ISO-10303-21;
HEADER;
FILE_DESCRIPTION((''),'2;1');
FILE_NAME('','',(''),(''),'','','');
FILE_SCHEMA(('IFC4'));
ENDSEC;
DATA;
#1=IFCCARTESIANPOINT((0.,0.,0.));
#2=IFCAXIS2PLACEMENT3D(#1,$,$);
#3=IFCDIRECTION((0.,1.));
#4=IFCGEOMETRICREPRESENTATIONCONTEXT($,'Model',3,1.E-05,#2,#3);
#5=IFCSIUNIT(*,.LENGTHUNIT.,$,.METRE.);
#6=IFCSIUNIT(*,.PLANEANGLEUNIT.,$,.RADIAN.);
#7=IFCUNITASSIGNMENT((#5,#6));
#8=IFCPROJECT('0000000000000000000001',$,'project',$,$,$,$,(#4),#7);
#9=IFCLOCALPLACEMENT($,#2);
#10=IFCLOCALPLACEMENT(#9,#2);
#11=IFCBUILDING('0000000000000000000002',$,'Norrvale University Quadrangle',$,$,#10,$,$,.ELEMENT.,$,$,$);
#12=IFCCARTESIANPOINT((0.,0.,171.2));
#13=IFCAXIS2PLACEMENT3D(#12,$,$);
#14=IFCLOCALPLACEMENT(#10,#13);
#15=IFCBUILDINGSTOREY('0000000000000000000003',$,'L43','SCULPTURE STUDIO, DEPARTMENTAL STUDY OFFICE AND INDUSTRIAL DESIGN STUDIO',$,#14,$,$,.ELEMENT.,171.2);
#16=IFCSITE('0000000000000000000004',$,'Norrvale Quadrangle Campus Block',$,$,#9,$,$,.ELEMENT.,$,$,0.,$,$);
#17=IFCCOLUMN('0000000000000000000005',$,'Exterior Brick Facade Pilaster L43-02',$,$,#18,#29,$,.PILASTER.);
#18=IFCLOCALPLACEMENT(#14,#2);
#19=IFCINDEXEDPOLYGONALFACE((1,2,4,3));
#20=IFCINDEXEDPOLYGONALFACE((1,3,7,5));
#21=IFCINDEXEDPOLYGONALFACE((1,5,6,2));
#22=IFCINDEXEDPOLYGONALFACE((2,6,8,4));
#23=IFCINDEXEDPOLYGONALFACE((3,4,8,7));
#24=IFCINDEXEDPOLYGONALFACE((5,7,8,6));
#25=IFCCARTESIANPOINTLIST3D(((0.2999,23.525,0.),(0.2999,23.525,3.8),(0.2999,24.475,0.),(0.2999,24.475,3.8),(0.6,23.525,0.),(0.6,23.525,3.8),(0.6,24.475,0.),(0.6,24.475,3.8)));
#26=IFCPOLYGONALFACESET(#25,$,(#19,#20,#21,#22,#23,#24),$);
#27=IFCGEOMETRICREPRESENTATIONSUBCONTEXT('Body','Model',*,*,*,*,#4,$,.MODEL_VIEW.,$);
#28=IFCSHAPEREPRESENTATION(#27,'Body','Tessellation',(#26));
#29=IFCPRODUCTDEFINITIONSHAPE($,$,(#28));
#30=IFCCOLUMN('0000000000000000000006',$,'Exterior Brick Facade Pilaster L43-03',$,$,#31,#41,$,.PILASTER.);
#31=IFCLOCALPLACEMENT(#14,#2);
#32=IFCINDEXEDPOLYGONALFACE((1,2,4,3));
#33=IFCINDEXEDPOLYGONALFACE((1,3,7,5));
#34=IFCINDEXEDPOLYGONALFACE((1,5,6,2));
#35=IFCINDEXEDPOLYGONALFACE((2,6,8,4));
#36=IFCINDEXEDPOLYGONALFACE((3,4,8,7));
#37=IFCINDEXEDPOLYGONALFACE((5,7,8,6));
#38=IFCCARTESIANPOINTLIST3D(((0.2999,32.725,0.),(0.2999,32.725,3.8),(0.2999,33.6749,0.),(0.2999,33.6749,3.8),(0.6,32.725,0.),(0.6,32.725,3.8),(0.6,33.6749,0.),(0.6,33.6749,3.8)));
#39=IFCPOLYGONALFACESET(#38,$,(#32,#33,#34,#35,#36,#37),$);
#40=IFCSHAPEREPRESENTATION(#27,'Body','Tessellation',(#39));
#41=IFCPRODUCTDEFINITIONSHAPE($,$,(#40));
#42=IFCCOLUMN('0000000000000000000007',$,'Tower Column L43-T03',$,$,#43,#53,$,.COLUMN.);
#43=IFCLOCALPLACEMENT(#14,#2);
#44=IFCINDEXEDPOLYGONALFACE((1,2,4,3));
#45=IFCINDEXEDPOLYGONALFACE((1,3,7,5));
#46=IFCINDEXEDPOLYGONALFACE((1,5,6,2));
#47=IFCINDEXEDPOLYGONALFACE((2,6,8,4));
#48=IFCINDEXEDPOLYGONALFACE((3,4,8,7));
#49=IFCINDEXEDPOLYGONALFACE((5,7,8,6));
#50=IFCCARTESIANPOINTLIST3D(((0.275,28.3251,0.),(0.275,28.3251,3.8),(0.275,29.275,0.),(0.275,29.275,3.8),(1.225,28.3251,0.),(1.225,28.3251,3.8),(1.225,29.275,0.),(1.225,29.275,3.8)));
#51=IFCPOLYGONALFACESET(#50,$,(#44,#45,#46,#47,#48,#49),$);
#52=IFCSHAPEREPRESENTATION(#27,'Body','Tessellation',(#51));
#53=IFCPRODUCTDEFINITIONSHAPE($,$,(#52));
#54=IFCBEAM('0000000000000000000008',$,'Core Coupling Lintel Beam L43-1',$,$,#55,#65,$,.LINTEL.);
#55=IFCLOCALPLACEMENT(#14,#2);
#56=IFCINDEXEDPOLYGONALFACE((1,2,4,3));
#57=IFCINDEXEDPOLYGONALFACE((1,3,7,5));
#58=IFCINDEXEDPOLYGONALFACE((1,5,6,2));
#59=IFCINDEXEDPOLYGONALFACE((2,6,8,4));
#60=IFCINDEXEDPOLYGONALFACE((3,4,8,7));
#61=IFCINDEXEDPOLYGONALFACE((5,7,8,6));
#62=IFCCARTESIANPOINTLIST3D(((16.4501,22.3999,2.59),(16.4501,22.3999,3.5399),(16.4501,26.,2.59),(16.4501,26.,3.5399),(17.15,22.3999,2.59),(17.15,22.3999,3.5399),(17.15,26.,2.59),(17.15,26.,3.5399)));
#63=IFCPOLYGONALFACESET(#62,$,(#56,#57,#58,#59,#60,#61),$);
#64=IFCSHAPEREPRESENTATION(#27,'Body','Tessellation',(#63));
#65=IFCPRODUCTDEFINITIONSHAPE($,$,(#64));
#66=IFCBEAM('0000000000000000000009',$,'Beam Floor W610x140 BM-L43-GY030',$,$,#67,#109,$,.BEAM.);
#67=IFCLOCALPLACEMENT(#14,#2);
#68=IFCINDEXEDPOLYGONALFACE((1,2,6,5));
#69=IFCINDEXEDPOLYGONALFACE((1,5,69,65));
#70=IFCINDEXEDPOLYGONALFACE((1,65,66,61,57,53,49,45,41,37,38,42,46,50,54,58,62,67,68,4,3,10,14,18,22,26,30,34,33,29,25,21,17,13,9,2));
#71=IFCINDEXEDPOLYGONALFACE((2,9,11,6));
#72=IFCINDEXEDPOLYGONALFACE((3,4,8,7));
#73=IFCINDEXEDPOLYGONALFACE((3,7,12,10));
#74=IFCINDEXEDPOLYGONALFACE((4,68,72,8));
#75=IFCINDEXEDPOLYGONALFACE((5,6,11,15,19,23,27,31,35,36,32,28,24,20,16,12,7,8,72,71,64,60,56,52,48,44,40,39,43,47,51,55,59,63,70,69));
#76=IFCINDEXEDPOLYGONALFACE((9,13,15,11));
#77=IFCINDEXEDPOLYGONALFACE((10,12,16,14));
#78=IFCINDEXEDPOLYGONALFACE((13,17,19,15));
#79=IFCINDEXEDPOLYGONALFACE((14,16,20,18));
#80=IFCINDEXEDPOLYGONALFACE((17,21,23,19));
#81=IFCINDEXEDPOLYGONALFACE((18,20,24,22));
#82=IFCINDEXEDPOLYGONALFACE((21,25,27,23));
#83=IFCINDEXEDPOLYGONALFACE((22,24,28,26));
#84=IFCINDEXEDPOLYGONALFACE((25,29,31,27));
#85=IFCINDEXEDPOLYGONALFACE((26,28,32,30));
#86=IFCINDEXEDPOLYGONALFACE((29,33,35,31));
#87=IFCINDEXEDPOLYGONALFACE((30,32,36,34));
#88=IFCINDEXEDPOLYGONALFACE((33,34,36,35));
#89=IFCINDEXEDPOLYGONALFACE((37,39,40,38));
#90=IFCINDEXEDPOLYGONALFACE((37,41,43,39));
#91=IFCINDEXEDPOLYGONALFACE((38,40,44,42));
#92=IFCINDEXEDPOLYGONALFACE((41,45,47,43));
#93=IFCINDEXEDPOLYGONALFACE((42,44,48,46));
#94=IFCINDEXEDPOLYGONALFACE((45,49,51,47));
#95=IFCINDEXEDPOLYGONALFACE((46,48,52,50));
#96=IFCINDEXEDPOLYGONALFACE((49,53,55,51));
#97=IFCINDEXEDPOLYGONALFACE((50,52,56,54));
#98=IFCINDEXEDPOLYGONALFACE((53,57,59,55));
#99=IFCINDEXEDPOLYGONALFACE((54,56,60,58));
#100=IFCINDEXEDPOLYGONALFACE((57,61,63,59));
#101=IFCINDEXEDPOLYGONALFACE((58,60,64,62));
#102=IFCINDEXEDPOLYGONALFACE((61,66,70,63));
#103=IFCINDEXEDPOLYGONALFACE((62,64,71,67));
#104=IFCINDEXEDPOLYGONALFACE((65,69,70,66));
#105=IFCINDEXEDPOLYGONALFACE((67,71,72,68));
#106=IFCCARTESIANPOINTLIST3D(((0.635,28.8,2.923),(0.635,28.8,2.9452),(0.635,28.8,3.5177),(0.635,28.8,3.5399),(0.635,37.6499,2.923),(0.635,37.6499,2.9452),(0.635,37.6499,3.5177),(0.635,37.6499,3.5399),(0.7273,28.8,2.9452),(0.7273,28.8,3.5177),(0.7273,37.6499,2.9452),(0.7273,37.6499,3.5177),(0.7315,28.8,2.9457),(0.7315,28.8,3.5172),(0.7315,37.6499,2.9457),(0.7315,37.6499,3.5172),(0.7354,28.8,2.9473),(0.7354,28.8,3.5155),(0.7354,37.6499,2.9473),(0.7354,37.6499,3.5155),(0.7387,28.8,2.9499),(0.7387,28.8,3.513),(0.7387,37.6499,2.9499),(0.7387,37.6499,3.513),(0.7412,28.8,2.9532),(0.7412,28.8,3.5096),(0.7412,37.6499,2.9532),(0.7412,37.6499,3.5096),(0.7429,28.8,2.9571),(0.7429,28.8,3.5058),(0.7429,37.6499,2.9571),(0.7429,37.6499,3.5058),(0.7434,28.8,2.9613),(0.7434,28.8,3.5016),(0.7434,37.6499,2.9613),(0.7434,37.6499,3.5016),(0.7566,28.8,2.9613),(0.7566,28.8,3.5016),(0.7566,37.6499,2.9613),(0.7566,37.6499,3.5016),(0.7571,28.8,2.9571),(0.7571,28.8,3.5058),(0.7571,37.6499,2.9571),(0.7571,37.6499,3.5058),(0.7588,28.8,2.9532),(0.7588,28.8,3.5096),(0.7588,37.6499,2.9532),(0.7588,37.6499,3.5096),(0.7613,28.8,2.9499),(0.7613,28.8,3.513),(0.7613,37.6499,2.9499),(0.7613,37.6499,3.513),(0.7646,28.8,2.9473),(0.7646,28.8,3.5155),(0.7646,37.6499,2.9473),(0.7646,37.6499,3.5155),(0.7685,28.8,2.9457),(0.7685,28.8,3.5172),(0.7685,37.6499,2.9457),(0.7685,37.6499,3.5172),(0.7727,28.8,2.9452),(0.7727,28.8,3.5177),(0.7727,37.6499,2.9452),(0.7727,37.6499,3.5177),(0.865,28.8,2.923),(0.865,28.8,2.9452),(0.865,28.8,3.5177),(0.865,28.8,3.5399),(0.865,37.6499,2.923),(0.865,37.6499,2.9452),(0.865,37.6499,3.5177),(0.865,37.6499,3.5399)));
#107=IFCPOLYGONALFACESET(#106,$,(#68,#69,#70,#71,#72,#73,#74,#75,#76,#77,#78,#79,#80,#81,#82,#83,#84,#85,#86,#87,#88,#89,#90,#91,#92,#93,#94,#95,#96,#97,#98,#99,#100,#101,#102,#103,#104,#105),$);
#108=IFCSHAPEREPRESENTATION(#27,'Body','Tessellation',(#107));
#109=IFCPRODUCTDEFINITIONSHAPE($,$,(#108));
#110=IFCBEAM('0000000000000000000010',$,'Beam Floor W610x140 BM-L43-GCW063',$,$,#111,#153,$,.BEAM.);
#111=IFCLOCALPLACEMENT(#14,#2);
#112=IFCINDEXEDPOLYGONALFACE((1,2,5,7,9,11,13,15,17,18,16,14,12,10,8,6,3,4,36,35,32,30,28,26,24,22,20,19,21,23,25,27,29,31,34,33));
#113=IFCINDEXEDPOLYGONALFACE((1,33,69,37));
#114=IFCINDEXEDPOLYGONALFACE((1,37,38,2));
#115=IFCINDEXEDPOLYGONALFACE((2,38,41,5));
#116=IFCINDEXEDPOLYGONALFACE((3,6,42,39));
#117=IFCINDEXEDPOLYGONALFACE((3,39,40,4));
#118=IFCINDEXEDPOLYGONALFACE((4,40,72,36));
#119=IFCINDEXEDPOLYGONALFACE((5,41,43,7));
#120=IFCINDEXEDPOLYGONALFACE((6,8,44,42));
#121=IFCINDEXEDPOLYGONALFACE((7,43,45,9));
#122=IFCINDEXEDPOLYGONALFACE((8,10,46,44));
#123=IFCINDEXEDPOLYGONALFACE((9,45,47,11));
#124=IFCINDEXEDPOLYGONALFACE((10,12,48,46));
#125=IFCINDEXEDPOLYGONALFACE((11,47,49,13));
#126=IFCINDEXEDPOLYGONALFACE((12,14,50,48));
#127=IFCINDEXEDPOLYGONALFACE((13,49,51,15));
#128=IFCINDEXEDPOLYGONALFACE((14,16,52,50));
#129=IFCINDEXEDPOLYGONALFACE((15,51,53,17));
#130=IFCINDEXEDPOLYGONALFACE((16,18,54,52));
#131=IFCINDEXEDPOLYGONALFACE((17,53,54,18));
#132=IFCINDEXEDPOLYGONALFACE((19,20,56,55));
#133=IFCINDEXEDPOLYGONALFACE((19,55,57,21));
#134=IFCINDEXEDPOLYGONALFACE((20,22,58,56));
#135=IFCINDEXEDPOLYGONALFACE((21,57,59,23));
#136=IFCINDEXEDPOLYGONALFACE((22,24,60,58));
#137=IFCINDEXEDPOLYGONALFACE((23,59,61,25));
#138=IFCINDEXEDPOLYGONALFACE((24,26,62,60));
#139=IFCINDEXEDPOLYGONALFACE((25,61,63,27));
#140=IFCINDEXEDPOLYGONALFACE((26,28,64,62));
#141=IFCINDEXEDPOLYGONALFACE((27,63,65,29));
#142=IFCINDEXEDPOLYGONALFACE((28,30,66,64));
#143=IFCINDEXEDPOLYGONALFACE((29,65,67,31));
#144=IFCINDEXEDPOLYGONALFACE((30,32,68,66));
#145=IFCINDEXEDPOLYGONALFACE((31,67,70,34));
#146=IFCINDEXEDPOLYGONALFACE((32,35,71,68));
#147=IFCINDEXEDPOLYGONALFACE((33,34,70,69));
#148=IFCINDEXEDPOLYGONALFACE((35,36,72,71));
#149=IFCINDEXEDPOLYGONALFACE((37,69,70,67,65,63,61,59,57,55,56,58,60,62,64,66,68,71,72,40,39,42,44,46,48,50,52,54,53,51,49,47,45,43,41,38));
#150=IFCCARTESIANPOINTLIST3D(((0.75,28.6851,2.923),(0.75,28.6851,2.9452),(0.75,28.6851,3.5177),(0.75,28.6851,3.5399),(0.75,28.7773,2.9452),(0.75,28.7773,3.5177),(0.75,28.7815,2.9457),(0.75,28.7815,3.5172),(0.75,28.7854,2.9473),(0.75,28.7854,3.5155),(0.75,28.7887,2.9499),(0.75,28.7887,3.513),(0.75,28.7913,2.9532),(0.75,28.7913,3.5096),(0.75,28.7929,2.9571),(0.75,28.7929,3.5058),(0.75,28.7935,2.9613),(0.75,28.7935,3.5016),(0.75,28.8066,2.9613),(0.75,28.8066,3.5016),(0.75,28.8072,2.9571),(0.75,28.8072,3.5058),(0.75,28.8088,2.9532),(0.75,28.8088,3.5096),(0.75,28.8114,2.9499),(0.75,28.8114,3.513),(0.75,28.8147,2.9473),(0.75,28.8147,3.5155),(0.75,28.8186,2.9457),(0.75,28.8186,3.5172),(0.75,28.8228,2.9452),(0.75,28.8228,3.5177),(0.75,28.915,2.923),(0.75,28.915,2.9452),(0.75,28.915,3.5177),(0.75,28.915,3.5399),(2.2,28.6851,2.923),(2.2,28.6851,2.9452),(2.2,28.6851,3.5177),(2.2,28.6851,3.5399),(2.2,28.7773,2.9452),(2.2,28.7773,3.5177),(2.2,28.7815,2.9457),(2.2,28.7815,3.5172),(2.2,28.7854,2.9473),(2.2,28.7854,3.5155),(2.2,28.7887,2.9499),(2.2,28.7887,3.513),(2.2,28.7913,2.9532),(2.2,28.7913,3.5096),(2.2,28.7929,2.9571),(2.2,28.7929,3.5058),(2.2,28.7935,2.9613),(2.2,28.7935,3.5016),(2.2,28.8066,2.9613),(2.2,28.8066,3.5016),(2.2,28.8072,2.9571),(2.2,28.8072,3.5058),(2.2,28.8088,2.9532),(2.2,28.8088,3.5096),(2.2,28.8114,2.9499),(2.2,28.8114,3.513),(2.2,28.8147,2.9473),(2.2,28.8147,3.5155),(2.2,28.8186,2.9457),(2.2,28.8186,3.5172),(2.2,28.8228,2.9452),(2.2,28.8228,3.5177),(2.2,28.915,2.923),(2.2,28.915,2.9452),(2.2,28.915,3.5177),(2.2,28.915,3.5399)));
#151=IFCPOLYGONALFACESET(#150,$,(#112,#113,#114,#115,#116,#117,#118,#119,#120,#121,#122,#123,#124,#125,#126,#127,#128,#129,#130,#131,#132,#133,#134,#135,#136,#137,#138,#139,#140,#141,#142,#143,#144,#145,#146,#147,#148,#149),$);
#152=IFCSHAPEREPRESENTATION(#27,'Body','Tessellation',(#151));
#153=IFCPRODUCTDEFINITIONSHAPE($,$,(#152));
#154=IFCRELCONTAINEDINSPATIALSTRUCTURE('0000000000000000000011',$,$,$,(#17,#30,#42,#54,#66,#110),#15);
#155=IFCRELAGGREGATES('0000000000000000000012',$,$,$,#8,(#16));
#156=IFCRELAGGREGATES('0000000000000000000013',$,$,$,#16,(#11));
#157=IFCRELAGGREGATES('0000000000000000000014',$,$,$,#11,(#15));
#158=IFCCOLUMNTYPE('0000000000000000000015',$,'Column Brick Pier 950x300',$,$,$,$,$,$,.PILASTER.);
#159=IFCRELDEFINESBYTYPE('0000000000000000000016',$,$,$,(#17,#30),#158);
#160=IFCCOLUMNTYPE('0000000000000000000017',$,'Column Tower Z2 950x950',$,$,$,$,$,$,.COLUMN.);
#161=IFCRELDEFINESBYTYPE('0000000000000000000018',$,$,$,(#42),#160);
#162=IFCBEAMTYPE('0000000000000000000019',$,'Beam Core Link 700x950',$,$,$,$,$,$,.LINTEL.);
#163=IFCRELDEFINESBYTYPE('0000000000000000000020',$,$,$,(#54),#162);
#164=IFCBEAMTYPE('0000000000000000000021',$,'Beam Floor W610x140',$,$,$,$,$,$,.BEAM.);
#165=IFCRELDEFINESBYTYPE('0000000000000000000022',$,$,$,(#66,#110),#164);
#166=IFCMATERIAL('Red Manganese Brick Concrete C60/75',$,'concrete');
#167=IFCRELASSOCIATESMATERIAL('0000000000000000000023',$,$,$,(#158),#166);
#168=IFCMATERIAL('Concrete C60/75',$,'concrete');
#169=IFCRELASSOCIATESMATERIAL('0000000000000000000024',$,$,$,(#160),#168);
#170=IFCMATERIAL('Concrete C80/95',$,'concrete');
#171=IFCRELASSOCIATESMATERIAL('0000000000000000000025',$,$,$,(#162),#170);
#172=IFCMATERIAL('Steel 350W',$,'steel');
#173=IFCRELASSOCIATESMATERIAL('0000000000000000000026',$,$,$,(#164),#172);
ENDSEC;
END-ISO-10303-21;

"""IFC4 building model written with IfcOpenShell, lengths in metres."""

from ifc_helpers import new_model, si_unit, direction, frame, origin, origin_2d, place, context, subcontext, project, spatial, rectangle, i_section, extrude, material, material_profile, profile_set, type_object, element, save


model = new_model("IFC4")

# Units and contexts
model_context = context("Model", 3, precision=1e-05, world=origin(), true_north=direction((0.0, 1.0)))
body_context = subcontext(model_context, "Body", "Model", "MODEL_VIEW")
ifc_project = project(units=[si_unit("LENGTHUNIT", "METRE"), si_unit("PLANEANGLEUNIT", "RADIAN")], contexts=[model_context])

# Site, building, storey
site_placement = place(None, origin())
site = spatial("IfcSite", under=ifc_project, at=site_placement, Name="Norrvale Quadrangle Campus Block", CompositionType="ELEMENT", RefElevation=0.0)
building_placement = place(site_placement, origin())
building = spatial("IfcBuilding", under=site, at=building_placement, Name="Norrvale University Quadrangle", CompositionType="ELEMENT")
storey_placement = place(building_placement, frame((0.0, 0.0, 171.2)))
storey = spatial("IfcBuildingStorey", under=building, at=storey_placement, Name="L43", Description="SCULPTURE STUDIO, DEPARTMENTAL STUDY OFFICE AND INDUSTRIAL DESIGN STUDIO", CompositionType="ELEMENT", Elevation=171.2)

# Columns
ifc_material_1 = material(Name="Red Manganese Brick Concrete C60/75", Category="concrete")
ifc_material_profile_1 = material_profile(ifc_material_1, rectangle(XDim=0.95, YDim=0.3, at=origin_2d()), Name="Red Manganese Brick Concrete C60/75")
ifc_profile_set_1 = profile_set([ifc_material_profile_1], Name="Red Manganese Brick Concrete C60/75")
column_type_1 = type_object("IfcColumnType", Name="Column Brick Pier 950x300", PredefinedType="PILASTER", material=ifc_profile_set_1)
for number, where, z_axis, x_axis, name in (
    (1, (0.45, 24.0, 0.0), (0.0, 0.0, 1.0), (0.0, 1.0, 0.0), "Exterior Brick Facade Pilaster L43-02"),
    (2, (0.45, 33.2, 0.0), (0.0, 0.0, 1.0), (0.0, 1.0, 0.0), "Exterior Brick Facade Pilaster L43-03"),
):
    element("IfcColumn", number, at=place(storey_placement, frame(where, z_axis=z_axis, x_axis=x_axis)), inside=storey, type_object=column_type_1, Name=name, PredefinedType="PILASTER", context=body_context, shape_type="SweptSolid", body=[
        extrude(rectangle(XDim=0.95, YDim=0.3, at=origin_2d()), origin(), (0.0, 0.0, 1.0), 3.8),
    ])
ifc_material_2 = material(Name="Concrete C60/75", Category="concrete")
ifc_material_profile_2 = material_profile(ifc_material_2, rectangle(XDim=0.95, YDim=0.95, at=origin_2d()), Name="Concrete C60/75")
ifc_profile_set_2 = profile_set([ifc_material_profile_2], Name="Concrete C60/75")
column_type_2 = type_object("IfcColumnType", Name="Column Tower Z2 950x950", PredefinedType="COLUMN", material=ifc_profile_set_2)
column_placement = place(storey_placement, frame((0.75, 28.8, 0.0), z_axis=(0.0, 0.0, 1.0), x_axis=(1.0, 0.0, 0.0)))
element("IfcColumn", 3, at=column_placement, inside=storey, type_object=column_type_2, Name="Tower Column L43-T03", PredefinedType="COLUMN", context=body_context, shape_type="SweptSolid", body=[
    extrude(rectangle(XDim=0.95, YDim=0.95, at=origin_2d()), origin(), (0.0, 0.0, 1.0), 3.8),
])

# Beams
ifc_material_3 = material(Name="Concrete C80/95", Category="concrete")
ifc_material_profile_3 = material_profile(ifc_material_3, rectangle(XDim=0.7, YDim=0.95, at=origin_2d()), Name="Concrete C80/95")
ifc_profile_set_3 = profile_set([ifc_material_profile_3], Name="Concrete C80/95")
beam_type_1 = type_object("IfcBeamType", Name="Beam Core Link 700x950", PredefinedType="LINTEL", material=ifc_profile_set_3)
beam_1_placement = place(storey_placement, frame((16.8, 22.3999, 3.0649), z_axis=(0.0, 1.0, 0.0), x_axis=(-1.0, 0.0, 0.0)))
element("IfcBeam", 4, at=beam_1_placement, inside=storey, type_object=beam_type_1, Name="Core Coupling Lintel Beam L43-1", PredefinedType="LINTEL", context=body_context, shape_type="SweptSolid", body=[
    extrude(rectangle(XDim=0.7, YDim=0.95, at=origin_2d()), origin(), (0.0, 0.0, 1.0), 3.6001),
])
ifc_material_4 = material(Name="Steel 350W", Category="steel")
ifc_material_profile_4 = material_profile(ifc_material_4, i_section(OverallWidth=0.23, OverallDepth=0.6169, WebThickness=0.0132, FlangeThickness=0.0222, FilletRadius=0.0161, at=origin_2d()), Name="Steel 350W")
ifc_profile_set_4 = profile_set([ifc_material_profile_4], Name="Steel 350W")
beam_type_2 = type_object("IfcBeamType", Name="Beam Floor W610x140", PredefinedType="BEAM", material=ifc_profile_set_4)
beam_2_placement = place(storey_placement, frame((0.75, 28.8, 3.2314), z_axis=(0.0, 1.0, 0.0), x_axis=(-1.0, 0.0, 0.0)))
element("IfcBeam", 5, at=beam_2_placement, inside=storey, type_object=beam_type_2, Name="Beam Floor W610x140 BM-L43-GY030", PredefinedType="BEAM", context=body_context, shape_type="SweptSolid", body=[
    extrude(i_section(OverallWidth=0.23, OverallDepth=0.6169, WebThickness=0.0132, FlangeThickness=0.0222, FilletRadius=0.0161, at=origin_2d()), origin(), (0.0, 0.0, 1.0), 8.8499),
])
beam_3_placement = place(storey_placement, frame((0.75, 28.8, 3.2314), z_axis=(1.0, 0.0, 0.0), x_axis=(0.0, 1.0, 0.0)))
element("IfcBeam", 6, at=beam_3_placement, inside=storey, type_object=beam_type_2, Name="Beam Floor W610x140 BM-L43-GCW063", PredefinedType="BEAM", context=body_context, shape_type="SweptSolid", body=[
    extrude(i_section(OverallWidth=0.23, OverallDepth=0.6169, WebThickness=0.0132, FlangeThickness=0.0222, FilletRadius=0.0161, at=origin_2d()), origin(), (0.0, 0.0, 1.0), 1.45),
])

save(model, "model.ifc")
